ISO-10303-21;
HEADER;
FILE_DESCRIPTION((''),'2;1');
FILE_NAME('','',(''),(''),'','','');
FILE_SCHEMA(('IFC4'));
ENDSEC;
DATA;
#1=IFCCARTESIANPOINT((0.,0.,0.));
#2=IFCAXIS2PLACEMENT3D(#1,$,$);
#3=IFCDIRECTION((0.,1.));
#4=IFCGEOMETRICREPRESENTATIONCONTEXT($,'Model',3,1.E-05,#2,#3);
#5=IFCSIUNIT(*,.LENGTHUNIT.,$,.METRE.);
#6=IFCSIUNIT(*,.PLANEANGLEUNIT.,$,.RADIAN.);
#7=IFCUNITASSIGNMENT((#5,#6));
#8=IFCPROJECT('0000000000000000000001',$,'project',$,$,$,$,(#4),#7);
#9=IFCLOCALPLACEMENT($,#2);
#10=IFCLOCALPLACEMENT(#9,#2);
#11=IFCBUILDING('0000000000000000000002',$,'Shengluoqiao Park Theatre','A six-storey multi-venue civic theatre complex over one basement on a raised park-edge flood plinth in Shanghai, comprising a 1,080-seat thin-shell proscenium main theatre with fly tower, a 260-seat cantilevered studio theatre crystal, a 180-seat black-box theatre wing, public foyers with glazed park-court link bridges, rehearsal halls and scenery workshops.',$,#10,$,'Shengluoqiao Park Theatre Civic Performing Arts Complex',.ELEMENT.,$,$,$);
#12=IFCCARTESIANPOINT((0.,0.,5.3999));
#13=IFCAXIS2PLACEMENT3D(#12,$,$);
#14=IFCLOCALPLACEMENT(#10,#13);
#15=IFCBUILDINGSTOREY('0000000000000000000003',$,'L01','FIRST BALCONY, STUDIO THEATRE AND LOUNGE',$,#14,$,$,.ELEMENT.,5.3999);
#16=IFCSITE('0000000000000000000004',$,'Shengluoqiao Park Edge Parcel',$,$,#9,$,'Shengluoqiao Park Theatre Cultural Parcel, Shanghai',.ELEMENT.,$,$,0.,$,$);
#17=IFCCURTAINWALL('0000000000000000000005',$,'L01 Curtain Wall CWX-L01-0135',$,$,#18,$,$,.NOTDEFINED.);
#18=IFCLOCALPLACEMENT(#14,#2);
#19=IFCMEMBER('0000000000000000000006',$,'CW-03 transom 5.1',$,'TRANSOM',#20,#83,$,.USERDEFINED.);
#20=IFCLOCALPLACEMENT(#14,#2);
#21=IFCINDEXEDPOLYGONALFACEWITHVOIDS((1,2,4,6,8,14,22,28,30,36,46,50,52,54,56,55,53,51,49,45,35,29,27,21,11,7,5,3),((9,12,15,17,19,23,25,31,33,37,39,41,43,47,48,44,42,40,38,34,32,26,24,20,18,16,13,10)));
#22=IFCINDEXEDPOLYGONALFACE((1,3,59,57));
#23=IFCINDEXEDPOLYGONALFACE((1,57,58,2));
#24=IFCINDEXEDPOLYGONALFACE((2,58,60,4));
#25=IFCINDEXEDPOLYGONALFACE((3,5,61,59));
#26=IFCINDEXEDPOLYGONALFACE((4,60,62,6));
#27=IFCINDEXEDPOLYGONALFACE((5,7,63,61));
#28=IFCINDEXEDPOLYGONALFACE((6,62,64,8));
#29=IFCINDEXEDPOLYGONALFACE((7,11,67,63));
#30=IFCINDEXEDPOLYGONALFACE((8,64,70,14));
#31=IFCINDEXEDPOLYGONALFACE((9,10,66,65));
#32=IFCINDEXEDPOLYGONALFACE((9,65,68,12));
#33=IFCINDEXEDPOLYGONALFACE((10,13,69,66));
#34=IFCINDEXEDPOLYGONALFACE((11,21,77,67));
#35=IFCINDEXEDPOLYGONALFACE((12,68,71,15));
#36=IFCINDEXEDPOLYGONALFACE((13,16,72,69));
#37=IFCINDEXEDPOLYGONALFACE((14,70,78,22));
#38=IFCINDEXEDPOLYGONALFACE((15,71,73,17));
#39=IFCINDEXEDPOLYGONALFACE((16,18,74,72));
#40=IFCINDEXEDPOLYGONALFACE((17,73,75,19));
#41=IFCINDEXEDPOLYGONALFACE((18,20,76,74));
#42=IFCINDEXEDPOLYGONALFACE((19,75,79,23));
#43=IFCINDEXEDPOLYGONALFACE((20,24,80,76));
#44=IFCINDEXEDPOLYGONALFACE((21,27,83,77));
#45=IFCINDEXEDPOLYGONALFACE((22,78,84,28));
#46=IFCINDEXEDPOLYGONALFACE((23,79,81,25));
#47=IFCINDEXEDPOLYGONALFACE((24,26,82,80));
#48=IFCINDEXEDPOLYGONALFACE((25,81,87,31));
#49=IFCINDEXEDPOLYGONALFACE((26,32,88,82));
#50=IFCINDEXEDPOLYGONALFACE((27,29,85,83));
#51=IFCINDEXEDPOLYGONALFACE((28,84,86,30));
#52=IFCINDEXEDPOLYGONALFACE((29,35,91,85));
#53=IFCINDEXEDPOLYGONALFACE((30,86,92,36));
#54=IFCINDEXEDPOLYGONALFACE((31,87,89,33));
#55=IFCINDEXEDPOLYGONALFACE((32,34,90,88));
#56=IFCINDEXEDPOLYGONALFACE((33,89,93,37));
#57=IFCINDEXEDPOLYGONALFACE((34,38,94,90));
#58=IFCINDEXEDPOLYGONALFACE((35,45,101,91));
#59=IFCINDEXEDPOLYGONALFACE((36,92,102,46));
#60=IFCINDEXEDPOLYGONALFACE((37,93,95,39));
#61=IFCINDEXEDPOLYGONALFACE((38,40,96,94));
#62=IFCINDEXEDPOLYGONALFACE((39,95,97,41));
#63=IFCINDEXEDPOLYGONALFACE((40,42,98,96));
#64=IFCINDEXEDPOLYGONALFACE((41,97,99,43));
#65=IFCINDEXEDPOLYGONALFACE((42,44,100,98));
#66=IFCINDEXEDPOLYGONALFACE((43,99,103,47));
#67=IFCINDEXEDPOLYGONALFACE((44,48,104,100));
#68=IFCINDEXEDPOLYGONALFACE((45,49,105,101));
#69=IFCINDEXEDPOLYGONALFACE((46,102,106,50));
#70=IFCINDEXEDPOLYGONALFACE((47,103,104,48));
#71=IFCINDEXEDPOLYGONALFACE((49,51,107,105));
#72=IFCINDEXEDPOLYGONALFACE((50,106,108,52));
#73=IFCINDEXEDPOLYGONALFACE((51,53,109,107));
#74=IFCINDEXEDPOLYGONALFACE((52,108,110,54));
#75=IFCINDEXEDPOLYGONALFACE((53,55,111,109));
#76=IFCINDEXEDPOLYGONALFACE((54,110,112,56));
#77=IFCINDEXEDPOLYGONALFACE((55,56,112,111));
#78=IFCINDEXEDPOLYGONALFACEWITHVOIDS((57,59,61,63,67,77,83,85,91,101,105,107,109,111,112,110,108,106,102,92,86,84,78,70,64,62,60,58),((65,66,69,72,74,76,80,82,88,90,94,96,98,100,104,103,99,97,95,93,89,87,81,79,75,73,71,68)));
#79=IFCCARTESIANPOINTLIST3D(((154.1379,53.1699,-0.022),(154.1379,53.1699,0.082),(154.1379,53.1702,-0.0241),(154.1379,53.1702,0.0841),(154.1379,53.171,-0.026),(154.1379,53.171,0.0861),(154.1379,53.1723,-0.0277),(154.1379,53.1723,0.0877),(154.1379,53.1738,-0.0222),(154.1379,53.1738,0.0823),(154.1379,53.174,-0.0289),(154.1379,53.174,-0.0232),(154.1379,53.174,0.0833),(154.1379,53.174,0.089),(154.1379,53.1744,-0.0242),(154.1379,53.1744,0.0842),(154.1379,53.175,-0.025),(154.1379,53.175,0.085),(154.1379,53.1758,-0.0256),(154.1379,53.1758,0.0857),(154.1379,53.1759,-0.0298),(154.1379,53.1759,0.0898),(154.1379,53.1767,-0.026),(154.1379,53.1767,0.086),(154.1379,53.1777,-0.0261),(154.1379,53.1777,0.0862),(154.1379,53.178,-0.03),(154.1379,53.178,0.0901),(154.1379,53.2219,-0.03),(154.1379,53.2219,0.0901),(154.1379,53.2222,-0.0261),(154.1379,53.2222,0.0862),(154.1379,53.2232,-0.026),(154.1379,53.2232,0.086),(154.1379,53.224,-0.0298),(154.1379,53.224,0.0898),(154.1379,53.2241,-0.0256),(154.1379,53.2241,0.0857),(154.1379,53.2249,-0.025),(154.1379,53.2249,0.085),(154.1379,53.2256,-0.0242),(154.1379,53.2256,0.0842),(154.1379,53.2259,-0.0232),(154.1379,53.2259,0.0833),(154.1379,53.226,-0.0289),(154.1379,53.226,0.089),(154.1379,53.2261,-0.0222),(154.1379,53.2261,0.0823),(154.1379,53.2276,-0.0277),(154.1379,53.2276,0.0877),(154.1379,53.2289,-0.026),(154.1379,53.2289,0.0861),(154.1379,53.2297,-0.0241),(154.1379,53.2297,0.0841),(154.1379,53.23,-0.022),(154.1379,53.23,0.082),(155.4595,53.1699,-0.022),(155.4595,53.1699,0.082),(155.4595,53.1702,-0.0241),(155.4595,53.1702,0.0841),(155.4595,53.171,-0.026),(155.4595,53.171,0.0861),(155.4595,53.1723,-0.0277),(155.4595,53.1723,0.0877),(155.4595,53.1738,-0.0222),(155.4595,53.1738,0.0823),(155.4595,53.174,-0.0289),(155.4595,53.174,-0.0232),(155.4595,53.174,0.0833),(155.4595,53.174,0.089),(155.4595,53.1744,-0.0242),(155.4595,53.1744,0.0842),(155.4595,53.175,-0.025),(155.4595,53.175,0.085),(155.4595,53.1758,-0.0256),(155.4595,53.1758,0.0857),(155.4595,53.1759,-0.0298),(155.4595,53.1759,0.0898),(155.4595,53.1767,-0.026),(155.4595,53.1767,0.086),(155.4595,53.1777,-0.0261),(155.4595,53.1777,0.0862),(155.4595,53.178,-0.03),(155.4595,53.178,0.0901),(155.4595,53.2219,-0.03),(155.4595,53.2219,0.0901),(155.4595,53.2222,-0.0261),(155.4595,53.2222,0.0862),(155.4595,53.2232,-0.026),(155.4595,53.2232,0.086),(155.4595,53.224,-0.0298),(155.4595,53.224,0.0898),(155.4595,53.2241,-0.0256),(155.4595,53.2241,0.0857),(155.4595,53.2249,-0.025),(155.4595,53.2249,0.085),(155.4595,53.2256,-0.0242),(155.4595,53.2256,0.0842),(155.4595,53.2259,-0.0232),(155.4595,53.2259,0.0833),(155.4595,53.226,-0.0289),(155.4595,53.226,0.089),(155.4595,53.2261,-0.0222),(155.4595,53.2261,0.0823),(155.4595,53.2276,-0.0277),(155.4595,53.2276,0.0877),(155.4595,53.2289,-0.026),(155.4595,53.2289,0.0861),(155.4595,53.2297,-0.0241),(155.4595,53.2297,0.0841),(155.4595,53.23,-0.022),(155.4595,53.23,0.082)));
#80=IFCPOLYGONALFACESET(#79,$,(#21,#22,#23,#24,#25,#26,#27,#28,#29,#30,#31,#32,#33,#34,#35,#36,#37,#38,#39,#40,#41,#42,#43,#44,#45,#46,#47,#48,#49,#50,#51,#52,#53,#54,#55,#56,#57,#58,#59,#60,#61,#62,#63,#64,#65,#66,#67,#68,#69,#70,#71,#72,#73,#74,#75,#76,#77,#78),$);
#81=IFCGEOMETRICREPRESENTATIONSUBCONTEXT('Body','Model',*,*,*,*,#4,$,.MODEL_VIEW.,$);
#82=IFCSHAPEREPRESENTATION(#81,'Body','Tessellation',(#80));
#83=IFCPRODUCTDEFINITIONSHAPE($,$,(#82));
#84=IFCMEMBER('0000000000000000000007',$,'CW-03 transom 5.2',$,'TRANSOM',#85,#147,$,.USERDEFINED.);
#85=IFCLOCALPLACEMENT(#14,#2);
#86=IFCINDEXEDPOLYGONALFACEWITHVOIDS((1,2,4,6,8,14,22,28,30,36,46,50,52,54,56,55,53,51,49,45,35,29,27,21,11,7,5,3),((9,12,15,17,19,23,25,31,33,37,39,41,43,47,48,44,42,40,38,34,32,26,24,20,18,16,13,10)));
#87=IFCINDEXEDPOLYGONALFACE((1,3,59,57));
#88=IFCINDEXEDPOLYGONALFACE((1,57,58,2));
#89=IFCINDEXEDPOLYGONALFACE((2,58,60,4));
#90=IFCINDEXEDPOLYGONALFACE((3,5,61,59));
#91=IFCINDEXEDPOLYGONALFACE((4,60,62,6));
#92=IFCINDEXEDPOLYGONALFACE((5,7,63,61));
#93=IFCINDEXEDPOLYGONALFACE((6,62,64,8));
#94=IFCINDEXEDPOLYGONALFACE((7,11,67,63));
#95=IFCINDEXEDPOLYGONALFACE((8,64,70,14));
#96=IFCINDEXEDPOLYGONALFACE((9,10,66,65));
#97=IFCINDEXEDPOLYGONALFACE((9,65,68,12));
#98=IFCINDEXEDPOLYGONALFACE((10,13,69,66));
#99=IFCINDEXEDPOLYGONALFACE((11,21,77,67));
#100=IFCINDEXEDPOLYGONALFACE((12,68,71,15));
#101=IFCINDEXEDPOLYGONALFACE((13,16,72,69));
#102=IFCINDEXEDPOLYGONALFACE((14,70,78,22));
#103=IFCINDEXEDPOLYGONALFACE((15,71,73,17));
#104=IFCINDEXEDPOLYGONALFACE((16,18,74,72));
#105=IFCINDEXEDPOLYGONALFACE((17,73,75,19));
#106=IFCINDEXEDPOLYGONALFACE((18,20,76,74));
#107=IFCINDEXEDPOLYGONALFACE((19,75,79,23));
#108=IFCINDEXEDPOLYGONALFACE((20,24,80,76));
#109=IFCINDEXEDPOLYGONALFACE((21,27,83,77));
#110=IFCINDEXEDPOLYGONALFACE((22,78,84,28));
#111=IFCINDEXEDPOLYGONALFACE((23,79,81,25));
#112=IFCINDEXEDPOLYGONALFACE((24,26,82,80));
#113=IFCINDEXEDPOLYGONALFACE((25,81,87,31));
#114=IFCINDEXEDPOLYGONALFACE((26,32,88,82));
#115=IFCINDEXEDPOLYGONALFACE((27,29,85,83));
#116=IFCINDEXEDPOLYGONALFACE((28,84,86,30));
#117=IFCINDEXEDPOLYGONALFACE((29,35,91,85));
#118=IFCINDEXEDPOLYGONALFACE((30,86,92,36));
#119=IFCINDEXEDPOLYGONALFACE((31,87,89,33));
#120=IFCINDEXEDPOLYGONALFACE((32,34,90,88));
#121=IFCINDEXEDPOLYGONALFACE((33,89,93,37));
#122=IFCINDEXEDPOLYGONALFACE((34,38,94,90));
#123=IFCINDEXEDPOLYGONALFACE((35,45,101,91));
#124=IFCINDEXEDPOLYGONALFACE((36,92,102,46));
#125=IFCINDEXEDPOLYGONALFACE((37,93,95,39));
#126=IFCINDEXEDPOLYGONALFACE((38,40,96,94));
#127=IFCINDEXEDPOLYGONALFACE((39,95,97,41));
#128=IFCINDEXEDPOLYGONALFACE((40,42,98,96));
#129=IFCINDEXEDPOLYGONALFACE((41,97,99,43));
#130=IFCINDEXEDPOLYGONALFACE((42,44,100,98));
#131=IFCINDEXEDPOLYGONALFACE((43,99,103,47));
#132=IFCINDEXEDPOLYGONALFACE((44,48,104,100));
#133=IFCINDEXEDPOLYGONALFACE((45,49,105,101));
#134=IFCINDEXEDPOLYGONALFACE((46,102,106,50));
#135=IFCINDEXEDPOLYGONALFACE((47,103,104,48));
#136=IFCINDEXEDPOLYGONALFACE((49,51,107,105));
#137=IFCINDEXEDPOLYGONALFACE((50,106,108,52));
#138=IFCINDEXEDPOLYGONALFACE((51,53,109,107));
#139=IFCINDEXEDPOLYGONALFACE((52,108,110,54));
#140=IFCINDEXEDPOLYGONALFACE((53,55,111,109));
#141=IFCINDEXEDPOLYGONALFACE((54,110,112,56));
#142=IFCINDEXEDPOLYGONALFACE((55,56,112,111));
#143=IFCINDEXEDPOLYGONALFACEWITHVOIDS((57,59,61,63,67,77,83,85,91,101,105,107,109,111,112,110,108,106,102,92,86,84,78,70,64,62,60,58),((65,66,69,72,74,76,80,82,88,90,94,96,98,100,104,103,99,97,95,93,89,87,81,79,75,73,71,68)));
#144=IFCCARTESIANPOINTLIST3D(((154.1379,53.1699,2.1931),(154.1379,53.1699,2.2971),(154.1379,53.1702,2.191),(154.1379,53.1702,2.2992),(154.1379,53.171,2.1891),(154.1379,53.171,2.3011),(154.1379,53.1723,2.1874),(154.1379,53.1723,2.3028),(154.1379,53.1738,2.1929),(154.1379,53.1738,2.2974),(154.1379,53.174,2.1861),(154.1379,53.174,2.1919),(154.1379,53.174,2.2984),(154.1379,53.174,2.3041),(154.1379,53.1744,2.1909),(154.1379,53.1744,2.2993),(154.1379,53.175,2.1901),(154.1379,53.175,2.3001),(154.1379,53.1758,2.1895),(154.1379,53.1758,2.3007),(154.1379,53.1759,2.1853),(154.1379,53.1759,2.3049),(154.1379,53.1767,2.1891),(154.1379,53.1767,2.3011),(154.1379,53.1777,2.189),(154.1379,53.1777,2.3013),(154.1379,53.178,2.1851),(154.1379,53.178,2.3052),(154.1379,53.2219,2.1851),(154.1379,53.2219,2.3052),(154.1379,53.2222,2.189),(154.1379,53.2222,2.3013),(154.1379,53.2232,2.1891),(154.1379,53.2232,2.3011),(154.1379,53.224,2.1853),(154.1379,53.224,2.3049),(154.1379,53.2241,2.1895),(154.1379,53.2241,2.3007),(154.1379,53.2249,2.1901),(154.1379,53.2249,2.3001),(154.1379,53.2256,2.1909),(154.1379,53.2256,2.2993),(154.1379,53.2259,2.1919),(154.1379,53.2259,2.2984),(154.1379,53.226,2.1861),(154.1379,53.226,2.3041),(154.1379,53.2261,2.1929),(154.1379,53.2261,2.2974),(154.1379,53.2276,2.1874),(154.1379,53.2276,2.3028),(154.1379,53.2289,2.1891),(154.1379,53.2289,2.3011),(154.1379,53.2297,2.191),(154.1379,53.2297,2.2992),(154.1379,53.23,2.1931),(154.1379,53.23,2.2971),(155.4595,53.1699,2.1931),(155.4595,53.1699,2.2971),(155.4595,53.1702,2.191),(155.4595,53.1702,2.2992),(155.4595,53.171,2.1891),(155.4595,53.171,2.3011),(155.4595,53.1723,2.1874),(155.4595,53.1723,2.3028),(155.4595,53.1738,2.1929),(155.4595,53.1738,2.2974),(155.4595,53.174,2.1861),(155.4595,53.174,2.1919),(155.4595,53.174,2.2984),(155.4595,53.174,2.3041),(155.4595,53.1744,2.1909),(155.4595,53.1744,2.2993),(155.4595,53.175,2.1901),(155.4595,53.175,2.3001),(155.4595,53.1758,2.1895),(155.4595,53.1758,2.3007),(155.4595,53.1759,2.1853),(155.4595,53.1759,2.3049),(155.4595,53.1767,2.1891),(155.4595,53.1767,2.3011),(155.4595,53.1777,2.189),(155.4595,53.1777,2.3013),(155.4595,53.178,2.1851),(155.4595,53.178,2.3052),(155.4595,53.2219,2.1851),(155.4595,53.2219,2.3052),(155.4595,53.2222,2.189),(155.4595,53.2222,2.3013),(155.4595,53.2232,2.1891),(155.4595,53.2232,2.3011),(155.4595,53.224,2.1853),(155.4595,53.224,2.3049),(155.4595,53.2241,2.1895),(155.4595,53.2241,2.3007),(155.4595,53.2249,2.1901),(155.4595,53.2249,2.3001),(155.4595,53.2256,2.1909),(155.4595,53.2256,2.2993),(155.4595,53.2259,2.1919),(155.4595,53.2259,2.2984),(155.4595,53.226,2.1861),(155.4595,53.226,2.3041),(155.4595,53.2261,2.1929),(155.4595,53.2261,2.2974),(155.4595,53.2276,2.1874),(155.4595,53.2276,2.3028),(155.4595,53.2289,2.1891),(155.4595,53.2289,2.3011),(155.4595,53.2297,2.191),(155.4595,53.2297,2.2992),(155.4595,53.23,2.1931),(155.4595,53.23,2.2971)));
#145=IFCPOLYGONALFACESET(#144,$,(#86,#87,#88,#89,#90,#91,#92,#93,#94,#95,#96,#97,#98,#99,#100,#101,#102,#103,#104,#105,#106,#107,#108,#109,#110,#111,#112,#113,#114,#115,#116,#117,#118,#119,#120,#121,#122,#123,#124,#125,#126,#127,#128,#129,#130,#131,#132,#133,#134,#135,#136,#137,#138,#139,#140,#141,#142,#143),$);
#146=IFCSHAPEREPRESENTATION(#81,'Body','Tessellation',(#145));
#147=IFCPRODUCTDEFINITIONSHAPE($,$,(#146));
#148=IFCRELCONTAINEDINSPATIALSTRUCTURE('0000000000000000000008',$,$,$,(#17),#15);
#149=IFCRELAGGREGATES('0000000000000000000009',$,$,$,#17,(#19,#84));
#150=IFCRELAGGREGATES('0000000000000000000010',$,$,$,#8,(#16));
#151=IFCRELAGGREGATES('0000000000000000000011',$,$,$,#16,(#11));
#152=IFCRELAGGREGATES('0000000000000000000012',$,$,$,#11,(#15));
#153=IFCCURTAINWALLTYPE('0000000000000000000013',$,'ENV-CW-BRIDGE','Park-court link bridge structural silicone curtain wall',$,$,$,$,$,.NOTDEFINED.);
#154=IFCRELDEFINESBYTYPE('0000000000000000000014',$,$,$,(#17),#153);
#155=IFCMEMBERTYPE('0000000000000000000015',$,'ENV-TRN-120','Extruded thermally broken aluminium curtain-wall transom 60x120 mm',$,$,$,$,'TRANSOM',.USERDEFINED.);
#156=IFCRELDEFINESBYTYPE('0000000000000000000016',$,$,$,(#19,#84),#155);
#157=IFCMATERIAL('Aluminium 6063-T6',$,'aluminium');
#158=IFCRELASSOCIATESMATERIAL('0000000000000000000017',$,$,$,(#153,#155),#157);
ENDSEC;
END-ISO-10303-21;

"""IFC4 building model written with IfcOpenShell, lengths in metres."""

from ifc_helpers import new_model, si_unit, direction, frame, origin, origin_2d, place, context, subcontext, project, spatial, hollow_rectangle, extrude, material, material_profile, profile_set, type_object, element, aggregate, save


model = new_model("IFC4")

# Units and contexts
model_context = context("Model", 3, precision=1e-05, world=origin(), true_north=direction((0.0, 1.0)))
body_context = subcontext(model_context, "Body", "Model", "MODEL_VIEW")
ifc_project = project(units=[si_unit("LENGTHUNIT", "METRE"), si_unit("PLANEANGLEUNIT", "RADIAN")], contexts=[model_context])

# Site, building, storey
site_placement = place(None, origin())
site = spatial("IfcSite", under=ifc_project, at=site_placement, Name="Shengluoqiao Park Edge Parcel", LongName="Shengluoqiao Park Theatre Cultural Parcel, Shanghai", CompositionType="ELEMENT", RefElevation=0.0)
building_placement = place(site_placement, origin())
building = spatial("IfcBuilding", under=site, at=building_placement, Name="Shengluoqiao Park Theatre", Description="A six-storey multi-venue civic theatre complex over one basement on a raised park-edge flood plinth in Shanghai, comprising a 1,080-seat thin-shell proscenium main theatre with fly tower, a 260-seat cantilevered studio theatre crystal, a 180-seat black-box theatre wing, public foyers with glazed park-court link bridges, rehearsal halls and scenery workshops.", LongName="Shengluoqiao Park Theatre Civic Performing Arts Complex", CompositionType="ELEMENT")
storey_placement = place(building_placement, frame((0.0, 0.0, 5.3999)))
storey = spatial("IfcBuildingStorey", under=building, at=storey_placement, Name="L01", Description="FIRST BALCONY, STUDIO THEATRE AND LOUNGE", CompositionType="ELEMENT", Elevation=5.3999)

# Curtain wall, members
ifc_material_1 = material(Name="Aluminium 6063-T6", Category="aluminium")
curtain_wall_type = type_object("IfcCurtainWallType", Name="ENV-CW-BRIDGE", Description="Park-court link bridge structural silicone curtain wall", PredefinedType="NOTDEFINED", material=ifc_material_1)
curtain_wall_placement = place(storey_placement, origin())
curtain_wall = element("IfcCurtainWall", 1, at=curtain_wall_placement, inside=storey, type_object=curtain_wall_type, Name="L01 Curtain Wall CWX-L01-0135", PredefinedType="NOTDEFINED")
ifc_material_profile_1 = material_profile(ifc_material_1, hollow_rectangle(XDim=0.0601, YDim=0.1201, WallThickness=0.0039, InnerFilletRadius=0.0039, OuterFilletRadius=0.0081, at=origin_2d()), Name="ALU TRANSOM 120x60x4")
ifc_profile_set_1 = profile_set([ifc_material_profile_1], Name="Aluminium 6063-T6")
member_type_1 = type_object("IfcMemberType", Name="ENV-TRN-120", Description="Extruded thermally broken aluminium curtain-wall transom 60x120 mm", ElementType="TRANSOM", PredefinedType="USERDEFINED", material=ifc_profile_set_1)
member_1_placement = place(storey_placement, frame((154.1379, 53.2, 0.03), z_axis=(1.0, 0.0, 0.0), x_axis=(0.0, 1.0, 0.0)))
member_1 = element("IfcMember", 2, at=member_1_placement, type_object=member_type_1, Name="CW-03 transom 5.1", ObjectType="TRANSOM", PredefinedType="USERDEFINED", context=body_context, shape_type="SweptSolid", body=[
    extrude(hollow_rectangle(XDim=0.0601, YDim=0.1201, WallThickness=0.0039, InnerFilletRadius=0.0039, OuterFilletRadius=0.0081, at=origin_2d()), origin(), (0.0, 0.0, 1.0), 1.3215),
])
member_2_placement = place(storey_placement, frame((154.1379, 53.2, 2.2451), z_axis=(1.0, 0.0, 0.0), x_axis=(0.0, 1.0, 0.0)))
member_2 = element("IfcMember", 3, at=member_2_placement, type_object=member_type_1, Name="CW-03 transom 5.2", ObjectType="TRANSOM", PredefinedType="USERDEFINED", context=body_context, shape_type="SweptSolid", body=[
    extrude(hollow_rectangle(XDim=0.0601, YDim=0.1201, WallThickness=0.0039, InnerFilletRadius=0.0039, OuterFilletRadius=0.0081, at=origin_2d()), origin(), (0.0, 0.0, 1.0), 1.3215),
])

aggregate(curtain_wall, [member_1, member_2])

save(model, "model.ifc")
